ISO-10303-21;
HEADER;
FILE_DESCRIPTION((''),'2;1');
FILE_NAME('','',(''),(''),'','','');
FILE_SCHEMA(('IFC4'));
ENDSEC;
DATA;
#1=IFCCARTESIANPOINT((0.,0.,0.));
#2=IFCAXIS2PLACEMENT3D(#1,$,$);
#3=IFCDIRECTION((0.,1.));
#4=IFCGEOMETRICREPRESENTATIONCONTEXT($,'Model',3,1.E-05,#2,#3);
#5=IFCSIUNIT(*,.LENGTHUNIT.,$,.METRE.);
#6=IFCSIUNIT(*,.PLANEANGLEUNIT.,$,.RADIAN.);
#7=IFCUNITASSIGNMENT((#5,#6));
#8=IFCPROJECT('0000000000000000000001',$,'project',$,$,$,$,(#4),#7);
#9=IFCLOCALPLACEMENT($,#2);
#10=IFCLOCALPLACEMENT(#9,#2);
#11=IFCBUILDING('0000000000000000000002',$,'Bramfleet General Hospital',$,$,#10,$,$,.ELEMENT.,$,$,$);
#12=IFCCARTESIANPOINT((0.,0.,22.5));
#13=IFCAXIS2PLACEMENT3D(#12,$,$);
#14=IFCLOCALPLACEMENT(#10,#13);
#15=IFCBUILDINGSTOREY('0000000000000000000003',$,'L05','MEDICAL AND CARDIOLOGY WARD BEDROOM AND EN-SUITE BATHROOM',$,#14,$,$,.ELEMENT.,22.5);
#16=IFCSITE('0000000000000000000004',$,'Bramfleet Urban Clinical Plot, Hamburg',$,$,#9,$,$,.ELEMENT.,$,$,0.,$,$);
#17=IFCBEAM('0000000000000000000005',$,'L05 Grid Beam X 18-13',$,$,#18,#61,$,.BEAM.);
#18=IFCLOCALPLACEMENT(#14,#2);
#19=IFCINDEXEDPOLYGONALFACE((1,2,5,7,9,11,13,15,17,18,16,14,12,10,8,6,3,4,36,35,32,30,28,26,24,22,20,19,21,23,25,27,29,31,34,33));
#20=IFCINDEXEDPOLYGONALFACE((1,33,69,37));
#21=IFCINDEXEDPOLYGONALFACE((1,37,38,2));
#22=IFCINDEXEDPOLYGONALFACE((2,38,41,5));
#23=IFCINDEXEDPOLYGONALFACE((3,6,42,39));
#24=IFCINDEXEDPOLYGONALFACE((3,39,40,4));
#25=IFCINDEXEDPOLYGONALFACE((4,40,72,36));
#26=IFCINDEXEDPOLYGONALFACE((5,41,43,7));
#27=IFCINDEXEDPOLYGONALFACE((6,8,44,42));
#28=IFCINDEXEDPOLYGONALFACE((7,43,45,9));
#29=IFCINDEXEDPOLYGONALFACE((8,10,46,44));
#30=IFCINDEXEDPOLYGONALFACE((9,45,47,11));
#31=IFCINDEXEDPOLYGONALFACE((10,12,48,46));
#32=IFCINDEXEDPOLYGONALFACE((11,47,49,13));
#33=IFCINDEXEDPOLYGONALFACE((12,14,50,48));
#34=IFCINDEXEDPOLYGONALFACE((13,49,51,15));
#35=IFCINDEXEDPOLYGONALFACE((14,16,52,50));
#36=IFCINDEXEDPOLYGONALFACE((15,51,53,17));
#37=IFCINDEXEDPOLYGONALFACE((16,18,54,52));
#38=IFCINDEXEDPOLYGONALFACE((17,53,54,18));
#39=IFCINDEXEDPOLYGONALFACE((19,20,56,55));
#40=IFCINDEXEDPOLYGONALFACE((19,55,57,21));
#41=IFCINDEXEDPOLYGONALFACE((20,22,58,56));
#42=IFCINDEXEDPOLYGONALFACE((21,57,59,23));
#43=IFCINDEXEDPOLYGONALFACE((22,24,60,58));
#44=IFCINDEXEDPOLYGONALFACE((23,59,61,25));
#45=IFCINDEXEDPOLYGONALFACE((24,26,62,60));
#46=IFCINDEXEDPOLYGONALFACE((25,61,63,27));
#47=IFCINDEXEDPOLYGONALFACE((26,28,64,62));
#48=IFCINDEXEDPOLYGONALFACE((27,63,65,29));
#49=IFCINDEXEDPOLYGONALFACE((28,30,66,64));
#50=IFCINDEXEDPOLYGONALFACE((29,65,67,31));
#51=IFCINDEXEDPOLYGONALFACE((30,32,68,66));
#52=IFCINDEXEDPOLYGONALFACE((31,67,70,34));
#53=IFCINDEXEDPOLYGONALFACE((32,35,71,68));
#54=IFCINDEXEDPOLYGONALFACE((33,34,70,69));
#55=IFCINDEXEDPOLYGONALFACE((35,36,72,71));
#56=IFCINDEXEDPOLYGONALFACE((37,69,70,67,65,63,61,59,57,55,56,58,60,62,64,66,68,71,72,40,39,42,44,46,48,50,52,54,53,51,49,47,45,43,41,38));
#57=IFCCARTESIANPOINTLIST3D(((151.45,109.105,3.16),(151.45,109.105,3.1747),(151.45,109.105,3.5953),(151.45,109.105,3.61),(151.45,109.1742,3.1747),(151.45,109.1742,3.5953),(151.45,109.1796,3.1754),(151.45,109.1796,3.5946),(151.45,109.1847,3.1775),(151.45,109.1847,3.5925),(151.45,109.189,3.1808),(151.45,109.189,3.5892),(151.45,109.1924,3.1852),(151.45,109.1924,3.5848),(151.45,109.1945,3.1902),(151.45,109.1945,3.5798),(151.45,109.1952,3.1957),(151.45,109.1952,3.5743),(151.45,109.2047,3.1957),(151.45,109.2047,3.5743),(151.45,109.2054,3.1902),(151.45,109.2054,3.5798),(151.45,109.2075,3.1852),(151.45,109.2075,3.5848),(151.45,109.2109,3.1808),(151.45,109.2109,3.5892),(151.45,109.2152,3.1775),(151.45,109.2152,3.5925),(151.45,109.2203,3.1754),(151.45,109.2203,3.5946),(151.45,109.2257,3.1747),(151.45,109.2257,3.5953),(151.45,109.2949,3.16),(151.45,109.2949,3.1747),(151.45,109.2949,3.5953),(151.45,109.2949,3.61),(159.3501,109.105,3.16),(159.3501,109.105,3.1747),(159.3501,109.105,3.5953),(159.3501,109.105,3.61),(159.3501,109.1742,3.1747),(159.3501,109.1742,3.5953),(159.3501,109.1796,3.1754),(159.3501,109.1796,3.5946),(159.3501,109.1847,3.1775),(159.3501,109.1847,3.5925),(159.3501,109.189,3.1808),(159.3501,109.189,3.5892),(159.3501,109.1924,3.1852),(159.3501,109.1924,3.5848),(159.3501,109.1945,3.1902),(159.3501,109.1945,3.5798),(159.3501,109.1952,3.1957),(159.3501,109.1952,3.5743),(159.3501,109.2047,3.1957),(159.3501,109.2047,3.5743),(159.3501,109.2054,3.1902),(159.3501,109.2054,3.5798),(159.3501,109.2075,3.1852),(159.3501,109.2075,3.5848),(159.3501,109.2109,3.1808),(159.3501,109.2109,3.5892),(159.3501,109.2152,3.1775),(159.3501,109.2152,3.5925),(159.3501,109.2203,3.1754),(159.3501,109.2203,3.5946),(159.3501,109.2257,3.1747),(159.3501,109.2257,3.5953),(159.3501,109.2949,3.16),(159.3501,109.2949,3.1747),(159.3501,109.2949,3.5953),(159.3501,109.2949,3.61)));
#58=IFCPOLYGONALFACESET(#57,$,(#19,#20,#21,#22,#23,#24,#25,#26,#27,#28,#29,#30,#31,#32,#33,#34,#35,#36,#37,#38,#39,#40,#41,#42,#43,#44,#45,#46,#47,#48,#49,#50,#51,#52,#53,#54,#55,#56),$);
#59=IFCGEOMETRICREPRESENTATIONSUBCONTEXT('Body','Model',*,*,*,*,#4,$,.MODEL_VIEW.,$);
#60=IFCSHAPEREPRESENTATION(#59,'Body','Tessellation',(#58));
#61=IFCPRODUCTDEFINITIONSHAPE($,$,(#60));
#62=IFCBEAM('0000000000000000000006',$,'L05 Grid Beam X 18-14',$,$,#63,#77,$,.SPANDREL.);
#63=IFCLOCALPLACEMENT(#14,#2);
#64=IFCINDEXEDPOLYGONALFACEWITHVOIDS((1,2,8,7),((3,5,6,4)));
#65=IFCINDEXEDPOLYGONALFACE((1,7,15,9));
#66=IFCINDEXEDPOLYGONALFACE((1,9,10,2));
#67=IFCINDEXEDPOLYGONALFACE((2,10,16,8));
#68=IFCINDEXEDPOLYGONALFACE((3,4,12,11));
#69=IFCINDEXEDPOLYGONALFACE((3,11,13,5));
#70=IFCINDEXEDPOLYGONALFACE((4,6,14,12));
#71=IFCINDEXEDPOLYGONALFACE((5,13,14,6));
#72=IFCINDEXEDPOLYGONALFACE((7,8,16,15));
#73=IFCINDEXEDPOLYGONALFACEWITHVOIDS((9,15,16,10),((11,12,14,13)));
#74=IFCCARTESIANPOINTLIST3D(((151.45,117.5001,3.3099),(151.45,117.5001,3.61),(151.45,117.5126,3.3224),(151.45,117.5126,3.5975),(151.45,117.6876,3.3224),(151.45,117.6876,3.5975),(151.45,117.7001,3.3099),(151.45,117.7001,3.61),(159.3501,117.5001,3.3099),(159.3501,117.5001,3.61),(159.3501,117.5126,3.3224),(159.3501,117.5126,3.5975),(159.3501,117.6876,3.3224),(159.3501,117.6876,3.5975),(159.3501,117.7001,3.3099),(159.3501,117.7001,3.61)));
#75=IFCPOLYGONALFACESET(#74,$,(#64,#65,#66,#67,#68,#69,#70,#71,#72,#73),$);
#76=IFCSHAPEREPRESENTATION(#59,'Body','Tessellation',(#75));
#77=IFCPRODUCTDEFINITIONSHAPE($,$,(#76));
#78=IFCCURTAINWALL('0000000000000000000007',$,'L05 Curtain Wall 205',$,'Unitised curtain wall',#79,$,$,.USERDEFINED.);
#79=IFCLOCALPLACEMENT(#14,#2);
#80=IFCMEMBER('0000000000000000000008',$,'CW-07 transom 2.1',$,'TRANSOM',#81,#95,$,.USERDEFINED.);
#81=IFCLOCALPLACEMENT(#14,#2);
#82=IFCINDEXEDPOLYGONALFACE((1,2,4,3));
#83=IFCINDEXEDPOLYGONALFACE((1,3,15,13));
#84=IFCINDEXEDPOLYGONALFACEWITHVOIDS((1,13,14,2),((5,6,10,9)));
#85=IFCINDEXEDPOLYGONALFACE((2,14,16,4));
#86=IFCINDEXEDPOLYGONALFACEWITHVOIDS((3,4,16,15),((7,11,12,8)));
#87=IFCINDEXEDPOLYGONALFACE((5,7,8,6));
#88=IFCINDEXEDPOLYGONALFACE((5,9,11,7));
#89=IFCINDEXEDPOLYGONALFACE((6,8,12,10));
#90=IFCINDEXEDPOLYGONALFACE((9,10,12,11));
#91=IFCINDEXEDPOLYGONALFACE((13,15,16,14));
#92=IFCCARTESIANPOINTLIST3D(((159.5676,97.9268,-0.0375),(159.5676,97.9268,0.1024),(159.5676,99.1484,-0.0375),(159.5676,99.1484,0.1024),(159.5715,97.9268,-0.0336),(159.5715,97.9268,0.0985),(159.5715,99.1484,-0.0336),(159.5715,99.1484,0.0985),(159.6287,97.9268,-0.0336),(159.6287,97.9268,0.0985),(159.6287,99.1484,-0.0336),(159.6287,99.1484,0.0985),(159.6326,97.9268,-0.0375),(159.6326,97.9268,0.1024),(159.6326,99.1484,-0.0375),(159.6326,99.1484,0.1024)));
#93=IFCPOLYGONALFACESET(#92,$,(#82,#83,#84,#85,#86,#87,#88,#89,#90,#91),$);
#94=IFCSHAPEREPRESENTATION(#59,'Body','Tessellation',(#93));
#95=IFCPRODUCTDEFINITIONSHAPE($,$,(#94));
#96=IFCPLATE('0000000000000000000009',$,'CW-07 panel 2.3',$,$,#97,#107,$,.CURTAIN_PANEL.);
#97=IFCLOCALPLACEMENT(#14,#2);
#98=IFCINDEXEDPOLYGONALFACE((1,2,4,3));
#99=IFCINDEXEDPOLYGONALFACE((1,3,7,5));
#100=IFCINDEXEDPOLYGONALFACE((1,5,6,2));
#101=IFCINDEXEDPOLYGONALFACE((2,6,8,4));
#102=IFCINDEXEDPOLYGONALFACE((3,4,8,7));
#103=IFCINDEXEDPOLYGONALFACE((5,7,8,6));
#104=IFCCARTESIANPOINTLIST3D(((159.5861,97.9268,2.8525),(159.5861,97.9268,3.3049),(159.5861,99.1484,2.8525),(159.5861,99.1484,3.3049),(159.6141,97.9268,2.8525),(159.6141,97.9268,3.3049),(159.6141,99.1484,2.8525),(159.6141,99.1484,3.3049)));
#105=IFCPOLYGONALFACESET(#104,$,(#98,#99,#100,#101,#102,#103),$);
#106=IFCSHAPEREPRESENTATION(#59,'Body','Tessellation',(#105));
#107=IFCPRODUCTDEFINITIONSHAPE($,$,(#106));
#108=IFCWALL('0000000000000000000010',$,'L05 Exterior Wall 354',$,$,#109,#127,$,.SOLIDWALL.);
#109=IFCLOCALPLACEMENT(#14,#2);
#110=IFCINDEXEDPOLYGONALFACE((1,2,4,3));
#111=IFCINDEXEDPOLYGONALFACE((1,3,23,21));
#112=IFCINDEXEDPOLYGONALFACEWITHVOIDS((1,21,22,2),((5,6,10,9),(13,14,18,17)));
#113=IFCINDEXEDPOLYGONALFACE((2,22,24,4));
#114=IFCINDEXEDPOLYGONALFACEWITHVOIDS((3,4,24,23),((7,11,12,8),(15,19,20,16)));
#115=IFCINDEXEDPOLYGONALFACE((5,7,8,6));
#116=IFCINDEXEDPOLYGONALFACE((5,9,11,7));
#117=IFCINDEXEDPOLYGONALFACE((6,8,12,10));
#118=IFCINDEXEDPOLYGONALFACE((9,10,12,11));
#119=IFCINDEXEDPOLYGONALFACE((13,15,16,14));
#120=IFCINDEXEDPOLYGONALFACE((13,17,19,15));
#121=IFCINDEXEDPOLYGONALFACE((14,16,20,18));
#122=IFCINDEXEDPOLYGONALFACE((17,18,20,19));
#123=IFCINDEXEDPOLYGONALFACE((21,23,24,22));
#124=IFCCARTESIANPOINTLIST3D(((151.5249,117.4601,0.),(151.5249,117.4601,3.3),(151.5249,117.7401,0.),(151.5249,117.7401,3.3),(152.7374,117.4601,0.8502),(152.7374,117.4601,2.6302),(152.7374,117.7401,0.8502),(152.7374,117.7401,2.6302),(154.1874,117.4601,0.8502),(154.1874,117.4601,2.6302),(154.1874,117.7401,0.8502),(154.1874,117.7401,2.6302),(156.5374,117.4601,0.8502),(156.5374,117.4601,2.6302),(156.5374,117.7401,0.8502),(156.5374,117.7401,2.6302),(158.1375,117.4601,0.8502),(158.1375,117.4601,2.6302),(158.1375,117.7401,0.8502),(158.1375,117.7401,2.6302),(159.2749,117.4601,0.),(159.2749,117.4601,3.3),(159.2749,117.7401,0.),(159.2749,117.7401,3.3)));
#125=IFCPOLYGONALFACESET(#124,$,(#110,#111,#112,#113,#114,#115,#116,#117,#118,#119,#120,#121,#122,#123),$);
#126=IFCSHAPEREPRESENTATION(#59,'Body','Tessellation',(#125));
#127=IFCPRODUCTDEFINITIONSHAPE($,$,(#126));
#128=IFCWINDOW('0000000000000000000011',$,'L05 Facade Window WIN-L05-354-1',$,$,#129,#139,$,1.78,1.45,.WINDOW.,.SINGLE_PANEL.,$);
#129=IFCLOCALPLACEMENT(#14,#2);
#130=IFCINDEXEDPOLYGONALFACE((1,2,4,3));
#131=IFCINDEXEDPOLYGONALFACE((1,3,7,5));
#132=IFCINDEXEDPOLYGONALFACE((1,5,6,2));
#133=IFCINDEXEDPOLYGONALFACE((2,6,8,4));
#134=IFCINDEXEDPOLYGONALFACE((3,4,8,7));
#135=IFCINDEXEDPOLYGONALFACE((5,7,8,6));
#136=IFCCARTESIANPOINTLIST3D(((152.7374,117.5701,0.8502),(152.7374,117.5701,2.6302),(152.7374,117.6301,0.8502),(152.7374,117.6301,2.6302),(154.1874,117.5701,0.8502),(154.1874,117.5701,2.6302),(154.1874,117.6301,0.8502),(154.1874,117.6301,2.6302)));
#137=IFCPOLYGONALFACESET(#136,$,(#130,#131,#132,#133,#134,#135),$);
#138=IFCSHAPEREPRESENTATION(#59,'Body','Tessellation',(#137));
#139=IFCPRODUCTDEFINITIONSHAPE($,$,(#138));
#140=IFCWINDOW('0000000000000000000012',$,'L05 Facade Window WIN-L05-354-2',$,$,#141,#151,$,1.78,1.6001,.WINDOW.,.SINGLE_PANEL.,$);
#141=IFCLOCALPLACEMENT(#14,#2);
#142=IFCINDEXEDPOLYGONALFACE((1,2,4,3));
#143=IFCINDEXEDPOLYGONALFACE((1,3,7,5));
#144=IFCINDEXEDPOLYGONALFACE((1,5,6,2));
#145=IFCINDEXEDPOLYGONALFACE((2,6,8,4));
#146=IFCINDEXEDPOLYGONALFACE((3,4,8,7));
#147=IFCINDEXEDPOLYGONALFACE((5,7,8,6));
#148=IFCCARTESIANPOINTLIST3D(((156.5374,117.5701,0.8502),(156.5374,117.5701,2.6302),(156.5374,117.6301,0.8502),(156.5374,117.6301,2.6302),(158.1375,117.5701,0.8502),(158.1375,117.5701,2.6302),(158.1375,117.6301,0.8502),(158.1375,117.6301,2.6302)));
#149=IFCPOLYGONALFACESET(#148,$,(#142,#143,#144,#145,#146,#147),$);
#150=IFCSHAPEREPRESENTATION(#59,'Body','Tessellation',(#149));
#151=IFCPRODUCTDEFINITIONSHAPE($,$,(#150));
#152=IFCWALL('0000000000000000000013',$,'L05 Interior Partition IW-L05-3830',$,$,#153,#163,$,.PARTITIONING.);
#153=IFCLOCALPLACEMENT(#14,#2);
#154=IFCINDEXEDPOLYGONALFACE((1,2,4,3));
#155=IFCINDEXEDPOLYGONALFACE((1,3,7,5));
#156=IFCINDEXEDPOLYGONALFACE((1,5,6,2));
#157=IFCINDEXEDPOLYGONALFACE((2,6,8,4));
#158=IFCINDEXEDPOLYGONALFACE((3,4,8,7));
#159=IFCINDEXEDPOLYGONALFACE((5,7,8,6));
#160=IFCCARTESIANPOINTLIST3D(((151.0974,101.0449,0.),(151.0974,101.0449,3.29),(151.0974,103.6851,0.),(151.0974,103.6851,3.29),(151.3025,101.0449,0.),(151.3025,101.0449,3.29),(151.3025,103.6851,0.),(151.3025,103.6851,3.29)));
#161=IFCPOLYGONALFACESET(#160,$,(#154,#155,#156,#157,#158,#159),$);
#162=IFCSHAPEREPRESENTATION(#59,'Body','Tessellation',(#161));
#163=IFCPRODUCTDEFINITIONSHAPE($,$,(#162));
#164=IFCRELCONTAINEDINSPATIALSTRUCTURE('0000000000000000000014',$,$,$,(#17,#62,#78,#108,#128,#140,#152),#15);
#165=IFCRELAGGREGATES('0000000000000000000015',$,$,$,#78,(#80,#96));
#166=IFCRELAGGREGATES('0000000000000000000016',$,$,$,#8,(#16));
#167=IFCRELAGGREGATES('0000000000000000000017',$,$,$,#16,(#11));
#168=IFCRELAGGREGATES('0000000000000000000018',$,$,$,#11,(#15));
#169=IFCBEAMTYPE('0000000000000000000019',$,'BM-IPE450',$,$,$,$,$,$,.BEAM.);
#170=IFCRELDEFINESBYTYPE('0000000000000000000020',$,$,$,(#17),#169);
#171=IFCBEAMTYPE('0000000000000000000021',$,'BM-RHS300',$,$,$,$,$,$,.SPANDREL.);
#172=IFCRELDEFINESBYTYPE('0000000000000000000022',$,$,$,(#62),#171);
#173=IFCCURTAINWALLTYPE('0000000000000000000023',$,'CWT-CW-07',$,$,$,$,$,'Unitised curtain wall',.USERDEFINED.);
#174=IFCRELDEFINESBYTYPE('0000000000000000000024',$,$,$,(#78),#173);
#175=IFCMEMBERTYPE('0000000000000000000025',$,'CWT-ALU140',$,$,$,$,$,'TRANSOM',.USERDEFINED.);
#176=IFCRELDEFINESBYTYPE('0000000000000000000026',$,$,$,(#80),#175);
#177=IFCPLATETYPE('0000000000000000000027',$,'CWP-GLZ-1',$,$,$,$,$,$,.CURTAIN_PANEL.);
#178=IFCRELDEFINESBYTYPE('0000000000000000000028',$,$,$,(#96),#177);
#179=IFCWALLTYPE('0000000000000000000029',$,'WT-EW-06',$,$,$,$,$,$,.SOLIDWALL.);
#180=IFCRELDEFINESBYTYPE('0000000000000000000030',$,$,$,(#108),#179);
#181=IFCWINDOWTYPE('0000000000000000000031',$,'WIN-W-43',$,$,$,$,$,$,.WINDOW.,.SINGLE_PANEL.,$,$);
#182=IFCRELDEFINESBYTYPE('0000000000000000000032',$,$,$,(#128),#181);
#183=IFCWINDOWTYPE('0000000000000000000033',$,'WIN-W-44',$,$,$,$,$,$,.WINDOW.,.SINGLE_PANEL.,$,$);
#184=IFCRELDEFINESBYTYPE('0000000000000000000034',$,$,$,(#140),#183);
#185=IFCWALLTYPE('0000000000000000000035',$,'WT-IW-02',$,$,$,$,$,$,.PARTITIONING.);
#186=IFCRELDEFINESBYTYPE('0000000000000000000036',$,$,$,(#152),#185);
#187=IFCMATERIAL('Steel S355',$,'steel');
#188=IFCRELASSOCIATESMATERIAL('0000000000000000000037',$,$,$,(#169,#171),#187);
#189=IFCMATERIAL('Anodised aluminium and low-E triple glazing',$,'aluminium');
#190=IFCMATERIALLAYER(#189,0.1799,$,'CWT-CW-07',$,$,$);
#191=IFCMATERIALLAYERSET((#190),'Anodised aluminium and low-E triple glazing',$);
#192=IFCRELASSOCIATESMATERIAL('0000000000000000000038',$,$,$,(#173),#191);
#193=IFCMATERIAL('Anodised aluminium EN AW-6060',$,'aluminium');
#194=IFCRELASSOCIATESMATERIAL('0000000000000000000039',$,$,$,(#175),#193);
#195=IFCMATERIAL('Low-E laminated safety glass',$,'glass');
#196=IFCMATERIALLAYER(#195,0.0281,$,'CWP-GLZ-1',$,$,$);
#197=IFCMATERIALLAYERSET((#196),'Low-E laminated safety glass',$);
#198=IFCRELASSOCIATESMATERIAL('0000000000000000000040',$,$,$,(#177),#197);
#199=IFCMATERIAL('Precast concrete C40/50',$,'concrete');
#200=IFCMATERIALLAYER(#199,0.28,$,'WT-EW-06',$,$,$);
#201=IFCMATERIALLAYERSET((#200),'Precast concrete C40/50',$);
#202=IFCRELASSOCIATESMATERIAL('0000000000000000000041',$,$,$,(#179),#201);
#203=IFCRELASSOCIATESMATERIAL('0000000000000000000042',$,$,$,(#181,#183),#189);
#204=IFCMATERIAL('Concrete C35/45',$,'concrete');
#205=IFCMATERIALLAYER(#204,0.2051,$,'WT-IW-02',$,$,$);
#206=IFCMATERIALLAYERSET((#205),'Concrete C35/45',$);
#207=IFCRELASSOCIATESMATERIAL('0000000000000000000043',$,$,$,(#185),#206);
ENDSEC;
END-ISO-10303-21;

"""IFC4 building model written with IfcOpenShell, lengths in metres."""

from ifc_helpers import new_model, si_unit, direction, frame, frame_2d, origin, origin_2d, place, context, subcontext, project, spatial, rectangle, hollow_rectangle, i_section, extrude, material, layer, layer_set, material_profile, profile_set, type_object, element, fill, aggregate, save


model = new_model("IFC4")

# Units and contexts
model_context = context("Model", 3, precision=1e-05, world=origin(), true_north=direction((0.0, 1.0)))
body_context = subcontext(model_context, "Body", "Model", "MODEL_VIEW")
ifc_project = project(units=[si_unit("LENGTHUNIT", "METRE"), si_unit("PLANEANGLEUNIT", "RADIAN")], contexts=[model_context])

# Site, building, storey
site_placement = place(None, origin())
site = spatial("IfcSite", under=ifc_project, at=site_placement, Name="Bramfleet Urban Clinical Plot, Hamburg", CompositionType="ELEMENT", RefElevation=0.0)
building_placement = place(site_placement, origin())
building = spatial("IfcBuilding", under=site, at=building_placement, Name="Bramfleet General Hospital", CompositionType="ELEMENT")
storey_placement = place(building_placement, frame((0.0, 0.0, 22.5)))
storey = spatial("IfcBuildingStorey", under=building, at=storey_placement, Name="L05", Description="MEDICAL AND CARDIOLOGY WARD BEDROOM AND EN-SUITE BATHROOM", CompositionType="ELEMENT", Elevation=22.5)

# Beams
ifc_material_1 = material(Name="Steel S355", Category="steel")
ifc_material_profile_1 = material_profile(ifc_material_1, i_section(OverallWidth=0.1899, OverallDepth=0.45, WebThickness=0.0095, FlangeThickness=0.0146, FilletRadius=0.021, at=origin_2d()), Name="IPE 450")
ifc_profile_set_1 = profile_set([ifc_material_profile_1], Name="Steel S355")
beam_type_1 = type_object("IfcBeamType", Name="BM-IPE450", PredefinedType="BEAM", material=ifc_profile_set_1)
for number, where, z_axis, x_axis, name in (
    (1, (151.45, 109.2, 3.385), (1.0, 0.0, 0.0), (0.0, 1.0, 0.0), "L05 Grid Beam X 18-13"),
):
    element("IfcBeam", number, at=place(storey_placement, frame(where, z_axis=z_axis, x_axis=x_axis)), inside=storey, type_object=beam_type_1, Name=name, PredefinedType="BEAM", context=body_context, shape_type="SweptSolid", body=[
        extrude(i_section(OverallWidth=0.1899, OverallDepth=0.45, WebThickness=0.0095, FlangeThickness=0.0146, FilletRadius=0.021, at=origin_2d()), origin(), (0.0, 0.0, 1.0), 7.9001),
    ])
ifc_material_profile_2 = material_profile(ifc_material_1, hollow_rectangle(XDim=0.2, YDim=0.3, WallThickness=0.0125, at=origin_2d()), Name="RHS 300x200x12.5")
ifc_profile_set_2 = profile_set([ifc_material_profile_2], Name="Steel S355")
beam_type_2 = type_object("IfcBeamType", Name="BM-RHS300", PredefinedType="SPANDREL", material=ifc_profile_set_2)
beam_1_placement = place(storey_placement, frame((151.45, 117.6001, 3.46), z_axis=(1.0, 0.0, 0.0), x_axis=(0.0, 1.0, 0.0)))
element("IfcBeam", 2, at=beam_1_placement, inside=storey, type_object=beam_type_2, Name="L05 Grid Beam X 18-14", PredefinedType="SPANDREL", context=body_context, shape_type="SweptSolid", body=[
    extrude(hollow_rectangle(XDim=0.2, YDim=0.3, WallThickness=0.0125, at=origin_2d()), origin(), (0.0, 0.0, 1.0), 7.9001),
])

# Curtain wall, member, plate
ifc_material_2 = material(Name="Anodised aluminium and low-E triple glazing", Category="aluminium")
ifc_layer_1 = layer(ifc_material_2, 0.1799, Name="CWT-CW-07")
ifc_layer_set_1 = layer_set([ifc_layer_1], Name="Anodised aluminium and low-E triple glazing")
curtain_wall_type = type_object("IfcCurtainWallType", Name="CWT-CW-07", ElementType="Unitised curtain wall", PredefinedType="USERDEFINED", material=ifc_layer_set_1)
curtain_wall_placement = place(storey_placement, origin())
curtain_wall = element("IfcCurtainWall", 3, at=curtain_wall_placement, inside=storey, type_object=curtain_wall_type, Name="L05 Curtain Wall 205", ObjectType="Unitised curtain wall", PredefinedType="USERDEFINED")
ifc_material_3 = material(Name="Anodised aluminium EN AW-6060", Category="aluminium")
ifc_material_profile_3 = material_profile(ifc_material_3, hollow_rectangle(XDim=0.0649, YDim=0.1399, WallThickness=0.0039, at=origin_2d()), Name="ALU 140x65x4.0")
ifc_profile_set_3 = profile_set([ifc_material_profile_3], Name="Anodised aluminium EN AW-6060")
member_type = type_object("IfcMemberType", Name="CWT-ALU140", ElementType="TRANSOM", PredefinedType="USERDEFINED", material=ifc_profile_set_3)
member_placement = place(storey_placement, frame((159.6001, 99.1484, 0.0325), z_axis=(0.0, -1.0, 0.0), x_axis=(1.0, 0.0, 0.0)))
member = element("IfcMember", 4, at=member_placement, type_object=member_type, Name="CW-07 transom 2.1", ObjectType="TRANSOM", PredefinedType="USERDEFINED", context=body_context, shape_type="SweptSolid", body=[
    extrude(hollow_rectangle(XDim=0.0649, YDim=0.1399, WallThickness=0.0039, at=origin_2d()), origin(), (0.0, 0.0, 1.0), 1.2217),
])
ifc_material_4 = material(Name="Low-E laminated safety glass", Category="glass")
ifc_layer_2 = layer(ifc_material_4, 0.0281, Name="CWP-GLZ-1")
ifc_layer_set_2 = layer_set([ifc_layer_2], Name="Low-E laminated safety glass")
plate_type = type_object("IfcPlateType", Name="CWP-GLZ-1", PredefinedType="CURTAIN_PANEL", material=ifc_layer_set_2)
plate_placement = place(storey_placement, frame((159.6001, 98.5376, 2.8525), z_axis=(0.0, 0.0, 1.0), x_axis=(0.0, -1.0, 0.0)))
plate = element("IfcPlate", 5, at=plate_placement, type_object=plate_type, Name="CW-07 panel 2.3", PredefinedType="CURTAIN_PANEL", context=body_context, shape_type="SweptSolid", body=[
    extrude(rectangle(XDim=1.2217, YDim=0.0281, at=origin_2d()), origin(), (0.0, 0.0, 1.0), 0.4524),
])
aggregate(curtain_wall, [member, plate])

# Wall, openings, windows
ifc_material_5 = material(Name="Precast concrete C40/50", Category="concrete")
ifc_layer_3 = layer(ifc_material_5, 0.28, Name="WT-EW-06")
ifc_layer_set_3 = layer_set([ifc_layer_3], Name="Precast concrete C40/50")
wall_type_1 = type_object("IfcWallType", Name="WT-EW-06", PredefinedType="SOLIDWALL", material=ifc_layer_set_3)
wall_1_placement = place(storey_placement, frame((151.5249, 117.6001, 0.0), z_axis=(0.0, 0.0, 1.0), x_axis=(1.0, 0.0, 0.0)))
wall_1 = element("IfcWall", 6, at=wall_1_placement, inside=storey, type_object=wall_type_1, Name="L05 Exterior Wall 354", PredefinedType="SOLIDWALL", context=body_context, shape_type="SweptSolid", body=[
    extrude(rectangle(XDim=7.75, YDim=0.28, at=frame_2d((3.875, 0.0))), origin(), (0.0, 0.0, 1.0), 3.3),
])
opening_1_placement = place(wall_1_placement, frame((1.2124, 0.0, 0.8501)))
opening_1 = element("IfcOpeningElement", 7, at=opening_1_placement, cuts=wall_1, PredefinedType="OPENING", context=body_context, shape_type="SweptSolid", body=[
    extrude(rectangle(XDim=1.45, YDim=1.78, at=frame_2d((0.7251, 0.8901))), frame((0.0, 0.1499, 0.0), z_axis=(0.0, -1.0, 0.0), x_axis=(1.0, 0.0, 0.0)), (0.0, 0.0, 1.0), 0.3),
])
opening_2_placement = place(wall_1_placement, frame((5.0125, 0.0, 0.8501)))
opening_2 = element("IfcOpeningElement", 8, at=opening_2_placement, cuts=wall_1, PredefinedType="OPENING", context=body_context, shape_type="SweptSolid", body=[
    extrude(rectangle(XDim=1.6001, YDim=1.78, at=frame_2d((0.8, 0.8901))), frame((0.0, 0.1499, 0.0), z_axis=(0.0, -1.0, 0.0), x_axis=(1.0, 0.0, 0.0)), (0.0, 0.0, 1.0), 0.3),
])
window_type_1 = type_object("IfcWindowType", Name="WIN-W-43", PartitioningType="SINGLE_PANEL", PredefinedType="WINDOW", material=ifc_material_2)
window_1_placement = place(opening_1_placement, origin())
window_1 = element("IfcWindow", 9, at=window_1_placement, inside=storey, type_object=window_type_1, Name="L05 Facade Window WIN-L05-354-1", OverallHeight=1.78, OverallWidth=1.45, PartitioningType="SINGLE_PANEL", PredefinedType="WINDOW", context=body_context, shape_type="SweptSolid", body=[
    extrude(rectangle(XDim=1.45, YDim=1.78, at=frame_2d((0.7251, 0.8901))), frame((0.0, 0.03, 0.0), z_axis=(0.0, -1.0, 0.0), x_axis=(1.0, 0.0, 0.0)), (0.0, 0.0, 1.0), 0.0601),
])
fill(opening_1, window_1)
window_type_2 = type_object("IfcWindowType", Name="WIN-W-44", PartitioningType="SINGLE_PANEL", PredefinedType="WINDOW", material=ifc_material_2)
window_2_placement = place(opening_2_placement, origin())
window_2 = element("IfcWindow", 10, at=window_2_placement, inside=storey, type_object=window_type_2, Name="L05 Facade Window WIN-L05-354-2", OverallHeight=1.78, OverallWidth=1.6001, PartitioningType="SINGLE_PANEL", PredefinedType="WINDOW", context=body_context, shape_type="SweptSolid", body=[
    extrude(rectangle(XDim=1.6001, YDim=1.78, at=frame_2d((0.8, 0.8901))), frame((0.0, 0.03, 0.0), z_axis=(0.0, -1.0, 0.0), x_axis=(1.0, 0.0, 0.0)), (0.0, 0.0, 1.0), 0.0601),
])
fill(opening_2, window_2)

# Wall
ifc_material_6 = material(Name="Concrete C35/45", Category="concrete")
ifc_layer_4 = layer(ifc_material_6, 0.2051, Name="WT-IW-02")
ifc_layer_set_4 = layer_set([ifc_layer_4], Name="Concrete C35/45")
wall_type_2 = type_object("IfcWallType", Name="WT-IW-02", PredefinedType="PARTITIONING", material=ifc_layer_set_4)
wall_2_placement = place(storey_placement, frame((151.2, 101.0449, 0.0), z_axis=(0.0, 0.0, 1.0), x_axis=(0.0, 1.0, 0.0)))
element("IfcWall", 11, at=wall_2_placement, inside=storey, type_object=wall_type_2, Name="L05 Interior Partition IW-L05-3830", PredefinedType="PARTITIONING", context=body_context, shape_type="SweptSolid", body=[
    extrude(rectangle(XDim=2.6401, YDim=0.2051, at=frame_2d((1.3201, 0.0))), origin(), (0.0, 0.0, 1.0), 3.29),
])

save(model, "model.ifc")
